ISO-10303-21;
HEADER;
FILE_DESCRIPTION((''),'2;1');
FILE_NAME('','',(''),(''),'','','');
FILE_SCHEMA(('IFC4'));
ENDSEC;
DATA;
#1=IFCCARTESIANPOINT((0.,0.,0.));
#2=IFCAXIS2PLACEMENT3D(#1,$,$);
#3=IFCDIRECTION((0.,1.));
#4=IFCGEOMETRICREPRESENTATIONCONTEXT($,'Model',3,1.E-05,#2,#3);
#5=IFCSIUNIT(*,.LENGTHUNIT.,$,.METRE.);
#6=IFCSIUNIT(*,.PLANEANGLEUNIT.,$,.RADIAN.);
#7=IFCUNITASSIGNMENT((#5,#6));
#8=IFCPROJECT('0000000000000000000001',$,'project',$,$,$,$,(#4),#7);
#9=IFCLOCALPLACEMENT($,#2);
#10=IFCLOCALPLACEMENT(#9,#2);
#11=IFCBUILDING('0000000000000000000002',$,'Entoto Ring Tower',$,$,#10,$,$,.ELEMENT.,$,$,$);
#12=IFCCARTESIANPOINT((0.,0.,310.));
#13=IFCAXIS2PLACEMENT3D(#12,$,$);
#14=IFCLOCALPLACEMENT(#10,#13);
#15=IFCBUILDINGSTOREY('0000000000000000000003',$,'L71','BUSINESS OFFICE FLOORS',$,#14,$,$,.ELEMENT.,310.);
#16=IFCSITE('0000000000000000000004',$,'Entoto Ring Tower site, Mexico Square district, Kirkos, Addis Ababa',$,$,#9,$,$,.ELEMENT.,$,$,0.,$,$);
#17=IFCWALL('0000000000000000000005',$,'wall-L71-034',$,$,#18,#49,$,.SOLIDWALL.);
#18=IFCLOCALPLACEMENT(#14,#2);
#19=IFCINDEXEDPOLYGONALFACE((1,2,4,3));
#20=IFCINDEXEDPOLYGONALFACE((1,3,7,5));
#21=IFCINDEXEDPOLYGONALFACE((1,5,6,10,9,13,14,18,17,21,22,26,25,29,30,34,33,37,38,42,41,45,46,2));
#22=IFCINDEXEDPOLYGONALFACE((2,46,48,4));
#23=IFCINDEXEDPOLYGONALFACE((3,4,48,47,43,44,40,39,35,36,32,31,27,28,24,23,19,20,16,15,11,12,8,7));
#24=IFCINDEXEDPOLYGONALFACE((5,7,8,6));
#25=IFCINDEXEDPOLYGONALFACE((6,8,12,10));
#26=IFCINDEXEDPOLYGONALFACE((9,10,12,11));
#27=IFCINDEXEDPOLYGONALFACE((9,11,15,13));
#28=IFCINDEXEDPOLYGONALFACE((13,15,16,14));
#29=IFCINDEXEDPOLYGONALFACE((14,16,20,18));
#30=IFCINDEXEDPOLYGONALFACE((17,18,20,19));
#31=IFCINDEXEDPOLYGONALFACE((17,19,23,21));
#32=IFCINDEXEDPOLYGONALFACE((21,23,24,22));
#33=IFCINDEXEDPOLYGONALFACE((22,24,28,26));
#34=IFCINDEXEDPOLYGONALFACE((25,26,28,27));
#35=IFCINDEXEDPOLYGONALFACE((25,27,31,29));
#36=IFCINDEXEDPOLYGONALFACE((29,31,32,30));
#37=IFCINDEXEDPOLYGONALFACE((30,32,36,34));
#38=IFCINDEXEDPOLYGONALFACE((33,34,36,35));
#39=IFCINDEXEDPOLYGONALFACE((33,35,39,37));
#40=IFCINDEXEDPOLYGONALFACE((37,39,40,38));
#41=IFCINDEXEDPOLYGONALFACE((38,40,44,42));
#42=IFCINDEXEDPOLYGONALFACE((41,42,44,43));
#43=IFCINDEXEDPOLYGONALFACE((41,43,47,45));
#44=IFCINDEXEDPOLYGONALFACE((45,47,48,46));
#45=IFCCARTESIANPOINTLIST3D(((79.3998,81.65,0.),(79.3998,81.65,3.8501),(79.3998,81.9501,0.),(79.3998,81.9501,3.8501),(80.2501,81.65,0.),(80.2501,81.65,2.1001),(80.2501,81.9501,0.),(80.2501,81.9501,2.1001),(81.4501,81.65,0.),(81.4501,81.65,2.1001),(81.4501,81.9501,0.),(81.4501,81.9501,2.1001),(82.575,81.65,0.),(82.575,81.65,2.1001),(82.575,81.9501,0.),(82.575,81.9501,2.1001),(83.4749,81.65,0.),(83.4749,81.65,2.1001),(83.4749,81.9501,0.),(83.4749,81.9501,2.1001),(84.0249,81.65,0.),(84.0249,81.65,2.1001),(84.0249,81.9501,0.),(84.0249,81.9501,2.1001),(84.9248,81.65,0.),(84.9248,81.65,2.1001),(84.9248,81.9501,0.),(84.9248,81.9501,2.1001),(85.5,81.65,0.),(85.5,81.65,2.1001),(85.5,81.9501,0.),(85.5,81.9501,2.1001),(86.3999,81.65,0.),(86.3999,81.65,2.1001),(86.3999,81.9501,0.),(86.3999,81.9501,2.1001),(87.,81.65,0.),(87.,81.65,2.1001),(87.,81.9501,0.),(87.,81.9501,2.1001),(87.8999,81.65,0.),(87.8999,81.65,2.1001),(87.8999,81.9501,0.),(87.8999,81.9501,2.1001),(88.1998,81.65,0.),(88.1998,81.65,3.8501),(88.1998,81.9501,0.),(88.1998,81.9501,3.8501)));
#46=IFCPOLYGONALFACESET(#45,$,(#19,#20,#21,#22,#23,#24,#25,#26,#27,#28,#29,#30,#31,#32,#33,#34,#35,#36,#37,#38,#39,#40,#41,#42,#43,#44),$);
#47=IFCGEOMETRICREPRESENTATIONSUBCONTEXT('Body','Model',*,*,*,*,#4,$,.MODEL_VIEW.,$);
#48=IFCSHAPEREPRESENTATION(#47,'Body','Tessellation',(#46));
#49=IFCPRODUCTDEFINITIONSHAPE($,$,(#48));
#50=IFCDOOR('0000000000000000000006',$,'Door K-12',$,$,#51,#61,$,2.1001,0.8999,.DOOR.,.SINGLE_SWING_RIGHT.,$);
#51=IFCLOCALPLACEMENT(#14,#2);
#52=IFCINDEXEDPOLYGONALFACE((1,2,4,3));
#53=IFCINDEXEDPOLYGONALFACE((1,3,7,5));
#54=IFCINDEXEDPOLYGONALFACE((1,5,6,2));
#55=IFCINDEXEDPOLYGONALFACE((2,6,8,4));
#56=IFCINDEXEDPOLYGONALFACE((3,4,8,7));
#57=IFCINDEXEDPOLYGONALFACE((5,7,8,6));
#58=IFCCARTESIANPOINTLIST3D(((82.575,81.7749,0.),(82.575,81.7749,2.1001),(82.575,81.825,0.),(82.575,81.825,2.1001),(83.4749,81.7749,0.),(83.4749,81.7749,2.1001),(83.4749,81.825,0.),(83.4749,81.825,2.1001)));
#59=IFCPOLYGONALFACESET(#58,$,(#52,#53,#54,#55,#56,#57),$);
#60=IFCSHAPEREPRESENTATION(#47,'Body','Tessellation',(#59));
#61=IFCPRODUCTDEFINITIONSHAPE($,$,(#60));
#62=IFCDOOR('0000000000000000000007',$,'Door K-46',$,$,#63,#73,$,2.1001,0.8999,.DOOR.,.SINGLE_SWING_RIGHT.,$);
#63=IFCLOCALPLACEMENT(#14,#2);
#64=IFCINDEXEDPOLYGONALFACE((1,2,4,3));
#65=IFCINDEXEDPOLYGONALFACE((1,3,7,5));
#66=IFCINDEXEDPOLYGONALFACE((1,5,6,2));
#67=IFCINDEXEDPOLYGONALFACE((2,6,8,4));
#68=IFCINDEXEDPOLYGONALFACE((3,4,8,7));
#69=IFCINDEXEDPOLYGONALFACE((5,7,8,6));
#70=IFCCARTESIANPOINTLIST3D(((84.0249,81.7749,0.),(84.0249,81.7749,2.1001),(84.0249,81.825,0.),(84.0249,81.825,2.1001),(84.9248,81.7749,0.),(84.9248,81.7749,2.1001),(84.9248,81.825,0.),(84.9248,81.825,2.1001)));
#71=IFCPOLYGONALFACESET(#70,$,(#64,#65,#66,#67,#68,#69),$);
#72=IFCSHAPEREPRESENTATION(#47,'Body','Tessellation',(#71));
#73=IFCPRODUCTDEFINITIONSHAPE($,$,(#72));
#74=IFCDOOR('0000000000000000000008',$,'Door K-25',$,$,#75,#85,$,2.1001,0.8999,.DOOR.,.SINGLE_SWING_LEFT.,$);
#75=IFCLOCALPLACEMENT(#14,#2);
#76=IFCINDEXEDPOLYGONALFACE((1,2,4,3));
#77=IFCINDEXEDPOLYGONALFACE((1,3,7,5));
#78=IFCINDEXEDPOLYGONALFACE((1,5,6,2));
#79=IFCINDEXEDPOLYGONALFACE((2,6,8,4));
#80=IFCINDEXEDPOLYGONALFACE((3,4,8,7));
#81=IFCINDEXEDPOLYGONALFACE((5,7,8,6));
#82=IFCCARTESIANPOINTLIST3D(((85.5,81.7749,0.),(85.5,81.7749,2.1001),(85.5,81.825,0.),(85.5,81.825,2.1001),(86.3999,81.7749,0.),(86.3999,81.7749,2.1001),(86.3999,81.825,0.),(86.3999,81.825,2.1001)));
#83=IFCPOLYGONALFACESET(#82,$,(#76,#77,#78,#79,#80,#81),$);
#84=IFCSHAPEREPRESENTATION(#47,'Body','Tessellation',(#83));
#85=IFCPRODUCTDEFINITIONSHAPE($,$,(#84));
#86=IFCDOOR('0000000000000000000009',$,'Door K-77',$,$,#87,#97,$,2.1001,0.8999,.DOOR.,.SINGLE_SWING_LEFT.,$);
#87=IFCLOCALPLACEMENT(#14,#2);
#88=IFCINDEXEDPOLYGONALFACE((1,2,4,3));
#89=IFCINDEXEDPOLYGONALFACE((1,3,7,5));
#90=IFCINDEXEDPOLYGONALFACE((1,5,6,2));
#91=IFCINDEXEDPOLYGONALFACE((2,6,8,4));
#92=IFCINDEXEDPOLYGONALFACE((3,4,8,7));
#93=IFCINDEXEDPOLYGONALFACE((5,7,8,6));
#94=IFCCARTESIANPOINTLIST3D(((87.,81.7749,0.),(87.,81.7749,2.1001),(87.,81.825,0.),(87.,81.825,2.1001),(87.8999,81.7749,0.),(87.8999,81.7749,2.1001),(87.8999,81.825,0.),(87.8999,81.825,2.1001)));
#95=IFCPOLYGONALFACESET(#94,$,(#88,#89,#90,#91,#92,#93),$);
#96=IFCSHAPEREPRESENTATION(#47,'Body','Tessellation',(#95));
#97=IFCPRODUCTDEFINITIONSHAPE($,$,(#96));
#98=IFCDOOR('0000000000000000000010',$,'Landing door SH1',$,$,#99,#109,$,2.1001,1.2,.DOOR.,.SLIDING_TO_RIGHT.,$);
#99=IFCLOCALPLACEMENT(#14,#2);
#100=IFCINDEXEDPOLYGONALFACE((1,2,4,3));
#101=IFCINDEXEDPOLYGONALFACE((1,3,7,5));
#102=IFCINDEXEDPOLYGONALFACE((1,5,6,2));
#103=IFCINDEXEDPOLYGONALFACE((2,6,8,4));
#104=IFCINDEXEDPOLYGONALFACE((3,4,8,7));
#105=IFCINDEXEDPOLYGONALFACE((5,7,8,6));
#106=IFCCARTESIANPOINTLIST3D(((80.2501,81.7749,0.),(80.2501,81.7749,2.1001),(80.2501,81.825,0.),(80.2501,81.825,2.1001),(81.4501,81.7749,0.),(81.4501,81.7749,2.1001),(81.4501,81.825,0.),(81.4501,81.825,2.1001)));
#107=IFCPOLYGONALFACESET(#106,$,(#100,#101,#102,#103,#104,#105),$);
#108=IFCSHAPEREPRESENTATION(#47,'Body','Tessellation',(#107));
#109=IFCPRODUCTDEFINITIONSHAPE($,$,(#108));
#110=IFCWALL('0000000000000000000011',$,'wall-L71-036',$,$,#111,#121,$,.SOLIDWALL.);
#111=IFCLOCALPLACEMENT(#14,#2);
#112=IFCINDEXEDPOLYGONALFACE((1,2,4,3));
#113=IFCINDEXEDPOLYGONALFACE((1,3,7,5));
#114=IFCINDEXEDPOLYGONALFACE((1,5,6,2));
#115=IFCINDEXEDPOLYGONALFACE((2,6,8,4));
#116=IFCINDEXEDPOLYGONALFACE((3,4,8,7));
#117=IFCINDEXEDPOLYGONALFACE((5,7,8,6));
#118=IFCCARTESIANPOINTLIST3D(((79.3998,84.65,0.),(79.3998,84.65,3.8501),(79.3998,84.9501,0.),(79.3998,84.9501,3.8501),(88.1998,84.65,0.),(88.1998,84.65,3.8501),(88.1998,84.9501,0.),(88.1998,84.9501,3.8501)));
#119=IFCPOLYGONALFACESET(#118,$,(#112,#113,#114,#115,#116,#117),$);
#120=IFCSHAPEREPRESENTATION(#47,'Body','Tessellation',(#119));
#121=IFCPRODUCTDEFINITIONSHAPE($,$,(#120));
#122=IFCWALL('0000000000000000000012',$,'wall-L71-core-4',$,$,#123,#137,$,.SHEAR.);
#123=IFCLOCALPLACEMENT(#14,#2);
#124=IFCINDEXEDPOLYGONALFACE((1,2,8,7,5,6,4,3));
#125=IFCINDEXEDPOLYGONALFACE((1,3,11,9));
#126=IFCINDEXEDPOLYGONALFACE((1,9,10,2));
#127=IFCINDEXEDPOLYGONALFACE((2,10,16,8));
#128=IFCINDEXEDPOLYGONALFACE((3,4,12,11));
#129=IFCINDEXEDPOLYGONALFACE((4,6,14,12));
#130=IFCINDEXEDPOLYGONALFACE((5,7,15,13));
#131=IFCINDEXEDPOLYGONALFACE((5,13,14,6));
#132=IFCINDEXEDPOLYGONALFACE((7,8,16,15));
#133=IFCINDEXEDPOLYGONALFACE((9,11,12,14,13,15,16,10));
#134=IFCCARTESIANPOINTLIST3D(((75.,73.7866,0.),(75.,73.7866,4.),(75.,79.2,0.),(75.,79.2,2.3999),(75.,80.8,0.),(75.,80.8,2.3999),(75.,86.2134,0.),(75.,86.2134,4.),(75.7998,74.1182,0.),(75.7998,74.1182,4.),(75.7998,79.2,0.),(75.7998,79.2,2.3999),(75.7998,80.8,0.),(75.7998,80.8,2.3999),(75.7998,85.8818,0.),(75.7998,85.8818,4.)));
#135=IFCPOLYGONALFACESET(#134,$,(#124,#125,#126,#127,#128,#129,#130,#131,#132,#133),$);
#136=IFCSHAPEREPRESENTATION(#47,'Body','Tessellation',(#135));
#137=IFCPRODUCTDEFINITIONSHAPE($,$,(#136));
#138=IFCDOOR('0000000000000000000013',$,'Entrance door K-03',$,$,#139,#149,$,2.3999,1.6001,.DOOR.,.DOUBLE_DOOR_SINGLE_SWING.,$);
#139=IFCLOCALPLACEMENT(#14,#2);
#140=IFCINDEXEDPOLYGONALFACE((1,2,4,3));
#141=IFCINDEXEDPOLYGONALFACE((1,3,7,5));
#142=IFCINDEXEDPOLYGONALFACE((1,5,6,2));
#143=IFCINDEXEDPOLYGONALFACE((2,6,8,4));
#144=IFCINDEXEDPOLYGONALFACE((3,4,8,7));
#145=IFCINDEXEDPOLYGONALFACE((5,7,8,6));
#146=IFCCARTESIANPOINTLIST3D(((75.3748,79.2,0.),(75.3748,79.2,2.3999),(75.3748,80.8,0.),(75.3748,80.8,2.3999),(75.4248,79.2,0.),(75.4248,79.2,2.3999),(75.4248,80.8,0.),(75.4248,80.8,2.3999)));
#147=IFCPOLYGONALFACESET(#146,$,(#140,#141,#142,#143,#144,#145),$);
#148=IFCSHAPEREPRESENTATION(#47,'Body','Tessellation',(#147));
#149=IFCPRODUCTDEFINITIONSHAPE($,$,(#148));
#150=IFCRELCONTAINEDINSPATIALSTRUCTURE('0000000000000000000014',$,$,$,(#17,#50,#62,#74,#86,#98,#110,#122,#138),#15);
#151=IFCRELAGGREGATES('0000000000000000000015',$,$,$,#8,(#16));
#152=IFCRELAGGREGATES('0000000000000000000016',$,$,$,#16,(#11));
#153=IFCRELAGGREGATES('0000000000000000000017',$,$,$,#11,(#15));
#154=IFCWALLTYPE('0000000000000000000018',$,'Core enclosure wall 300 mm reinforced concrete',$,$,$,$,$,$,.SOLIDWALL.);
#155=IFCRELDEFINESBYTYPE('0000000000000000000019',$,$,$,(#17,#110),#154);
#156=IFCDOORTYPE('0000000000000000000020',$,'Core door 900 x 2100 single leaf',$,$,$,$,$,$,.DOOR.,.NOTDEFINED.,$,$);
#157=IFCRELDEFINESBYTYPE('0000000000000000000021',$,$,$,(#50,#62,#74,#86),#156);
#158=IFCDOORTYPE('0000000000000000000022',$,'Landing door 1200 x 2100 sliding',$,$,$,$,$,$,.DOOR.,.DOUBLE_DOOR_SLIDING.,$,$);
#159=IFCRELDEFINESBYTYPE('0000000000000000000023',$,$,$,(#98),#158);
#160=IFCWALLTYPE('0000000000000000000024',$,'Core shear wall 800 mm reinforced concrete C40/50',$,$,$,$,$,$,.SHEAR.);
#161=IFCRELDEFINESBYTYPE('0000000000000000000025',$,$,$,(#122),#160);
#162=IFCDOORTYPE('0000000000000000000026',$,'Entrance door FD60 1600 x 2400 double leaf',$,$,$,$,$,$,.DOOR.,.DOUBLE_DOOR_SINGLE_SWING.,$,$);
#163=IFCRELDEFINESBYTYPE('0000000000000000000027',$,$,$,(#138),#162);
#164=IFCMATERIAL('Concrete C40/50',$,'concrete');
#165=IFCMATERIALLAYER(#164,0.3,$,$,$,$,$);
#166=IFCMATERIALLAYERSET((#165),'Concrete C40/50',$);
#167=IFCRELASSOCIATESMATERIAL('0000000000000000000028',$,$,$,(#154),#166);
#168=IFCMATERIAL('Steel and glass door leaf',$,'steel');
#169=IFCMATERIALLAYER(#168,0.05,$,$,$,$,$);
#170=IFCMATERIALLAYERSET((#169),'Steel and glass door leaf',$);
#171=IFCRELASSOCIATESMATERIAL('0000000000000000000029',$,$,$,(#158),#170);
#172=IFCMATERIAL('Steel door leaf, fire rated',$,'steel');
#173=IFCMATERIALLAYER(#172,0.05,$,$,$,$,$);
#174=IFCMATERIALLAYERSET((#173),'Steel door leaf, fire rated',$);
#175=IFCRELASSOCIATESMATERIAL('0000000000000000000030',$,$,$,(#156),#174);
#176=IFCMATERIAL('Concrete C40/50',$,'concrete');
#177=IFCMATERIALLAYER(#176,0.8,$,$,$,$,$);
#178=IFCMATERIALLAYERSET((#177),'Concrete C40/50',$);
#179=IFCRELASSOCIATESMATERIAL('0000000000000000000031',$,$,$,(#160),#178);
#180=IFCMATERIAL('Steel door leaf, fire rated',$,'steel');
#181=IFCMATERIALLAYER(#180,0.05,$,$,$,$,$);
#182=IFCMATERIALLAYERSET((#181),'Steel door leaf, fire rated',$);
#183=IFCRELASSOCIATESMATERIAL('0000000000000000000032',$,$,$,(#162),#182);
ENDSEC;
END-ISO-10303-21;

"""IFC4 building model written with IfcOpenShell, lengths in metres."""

from ifc_helpers import new_model, si_unit, direction, frame, frame_2d, origin, place, context, subcontext, project, spatial, polyline, rectangle, outline, extrude, material, layer, layer_set, type_object, element, fill, save


model = new_model("IFC4")

# Units and contexts
model_context = context("Model", 3, precision=1e-05, world=origin(), true_north=direction((0.0, 1.0)))
body_context = subcontext(model_context, "Body", "Model", "MODEL_VIEW")
ifc_project = project(units=[si_unit("LENGTHUNIT", "METRE"), si_unit("PLANEANGLEUNIT", "RADIAN")], contexts=[model_context])

# Site, building, storey
site_placement = place(None, origin())
site = spatial("IfcSite", under=ifc_project, at=site_placement, Name="Entoto Ring Tower site, Mexico Square district, Kirkos, Addis Ababa", CompositionType="ELEMENT", RefElevation=0.0)
building_placement = place(site_placement, origin())
building = spatial("IfcBuilding", under=site, at=building_placement, Name="Entoto Ring Tower", CompositionType="ELEMENT")
storey_placement = place(building_placement, frame((0.0, 0.0, 310.0)))
storey = spatial("IfcBuildingStorey", under=building, at=storey_placement, Name="L71", Description="BUSINESS OFFICE FLOORS", CompositionType="ELEMENT", Elevation=310.0)

# Shared definitions
ifc_material_1 = material(Name="Concrete C40/50", Category="concrete")
ifc_layer_1 = layer(ifc_material_1, 0.3)
ifc_layer_set_1 = layer_set([ifc_layer_1], Name="Concrete C40/50")
wall_type_1 = type_object("IfcWallType", Name="Core enclosure wall 300 mm reinforced concrete", PredefinedType="SOLIDWALL", material=ifc_layer_set_1)
ifc_material_2 = material(Name="Steel and glass door leaf", Category="steel")
ifc_layer_2 = layer(ifc_material_2, 0.05)
ifc_layer_set_2 = layer_set([ifc_layer_2], Name="Steel and glass door leaf")
door_type_1 = type_object("IfcDoorType", Name="Landing door 1200 x 2100 sliding", OperationType="DOUBLE_DOOR_SLIDING", PredefinedType="DOOR", material=ifc_layer_set_2)

# Wall, openings, doors
ifc_material_3 = material(Name="Steel door leaf, fire rated", Category="steel")
ifc_layer_3 = layer(ifc_material_3, 0.05)
ifc_layer_set_3 = layer_set([ifc_layer_3], Name="Steel door leaf, fire rated")
door_type_2 = type_object("IfcDoorType", Name="Core door 900 x 2100 single leaf", OperationType="NOTDEFINED", PredefinedType="DOOR", material=ifc_layer_set_3)
wall_1_placement = place(storey_placement, frame((79.3999, 81.8, 0.0), z_axis=(0.0, 0.0, 1.0), x_axis=(1.0, 0.0, 0.0)))
wall_1 = element("IfcWall", 1, at=wall_1_placement, inside=storey, type_object=wall_type_1, Name="wall-L71-034", PredefinedType="SOLIDWALL", context=body_context, shape_type="SweptSolid", body=[
    extrude(rectangle(XDim=8.8, YDim=0.3, at=frame_2d((4.3999, 0.0))), origin(), (0.0, 0.0, 1.0), 3.8501),
])
opening_1_placement = place(wall_1_placement, frame((0.8501, 0.0, 0.0)))
opening_1 = element("IfcOpeningElement", 2, at=opening_1_placement, cuts=wall_1, PredefinedType="OPENING", context=body_context, shape_type="SweptSolid", body=[
    extrude(rectangle(XDim=1.2, YDim=2.1001, at=frame_2d((0.6001, 1.05))), frame((0.0, 0.1602, 0.0), z_axis=(0.0, -1.0, 0.0), x_axis=(1.0, 0.0, 0.0)), (0.0, 0.0, 1.0), 0.3201),
])
opening_2_placement = place(wall_1_placement, frame((3.175, 0.0, 0.0)))
opening_2 = element("IfcOpeningElement", 3, at=opening_2_placement, cuts=wall_1, PredefinedType="OPENING", context=body_context, shape_type="SweptSolid", body=[
    extrude(rectangle(XDim=0.8999, YDim=2.1001, at=frame_2d((0.45, 1.05))), frame((0.0, 0.1602, 0.0), z_axis=(0.0, -1.0, 0.0), x_axis=(1.0, 0.0, 0.0)), (0.0, 0.0, 1.0), 0.3201),
])
opening_3_placement = place(wall_1_placement, frame((4.625, 0.0, 0.0)))
opening_3 = element("IfcOpeningElement", 4, at=opening_3_placement, cuts=wall_1, PredefinedType="OPENING", context=body_context, shape_type="SweptSolid", body=[
    extrude(rectangle(XDim=0.8999, YDim=2.1001, at=frame_2d((0.45, 1.05))), frame((0.0, 0.1602, 0.0), z_axis=(0.0, -1.0, 0.0), x_axis=(1.0, 0.0, 0.0)), (0.0, 0.0, 1.0), 0.3201),
])
opening_4_placement = place(wall_1_placement, frame((6.1001, 0.0, 0.0)))
opening_4 = element("IfcOpeningElement", 5, at=opening_4_placement, cuts=wall_1, PredefinedType="OPENING", context=body_context, shape_type="SweptSolid", body=[
    extrude(rectangle(XDim=0.8999, YDim=2.1001, at=frame_2d((0.45, 1.05))), frame((0.0, 0.1602, 0.0), z_axis=(0.0, -1.0, 0.0), x_axis=(1.0, 0.0, 0.0)), (0.0, 0.0, 1.0), 0.3201),
])
opening_5_placement = place(wall_1_placement, frame((7.6001, 0.0, 0.0)))
opening_5 = element("IfcOpeningElement", 6, at=opening_5_placement, cuts=wall_1, PredefinedType="OPENING", context=body_context, shape_type="SweptSolid", body=[
    extrude(rectangle(XDim=0.8999, YDim=2.1001, at=frame_2d((0.45, 1.05))), frame((0.0, 0.1602, 0.0), z_axis=(0.0, -1.0, 0.0), x_axis=(1.0, 0.0, 0.0)), (0.0, 0.0, 1.0), 0.3201),
])
door_1_placement = place(opening_2_placement, origin())
door_1 = element("IfcDoor", 7, at=door_1_placement, inside=storey, type_object=door_type_2, Name="Door K-12", OperationType="SINGLE_SWING_RIGHT", OverallHeight=2.1001, OverallWidth=0.8999, PredefinedType="DOOR", context=body_context, shape_type="SweptSolid", body=[
    extrude(rectangle(XDim=0.8999, YDim=2.1001, at=frame_2d((0.45, 1.05))), frame((0.0, 0.0249, 0.0), z_axis=(0.0, -1.0, 0.0), x_axis=(1.0, 0.0, 0.0)), (0.0, 0.0, 1.0), 0.05),
])
fill(opening_2, door_1)
door_2_placement = place(opening_3_placement, origin())
door_2 = element("IfcDoor", 8, at=door_2_placement, inside=storey, type_object=door_type_2, Name="Door K-46", OperationType="SINGLE_SWING_RIGHT", OverallHeight=2.1001, OverallWidth=0.8999, PredefinedType="DOOR", context=body_context, shape_type="SweptSolid", body=[
    extrude(rectangle(XDim=0.8999, YDim=2.1001, at=frame_2d((0.45, 1.05))), frame((0.0, 0.0249, 0.0), z_axis=(0.0, -1.0, 0.0), x_axis=(1.0, 0.0, 0.0)), (0.0, 0.0, 1.0), 0.05),
])
fill(opening_3, door_2)
door_3_placement = place(opening_4_placement, origin())
door_3 = element("IfcDoor", 9, at=door_3_placement, inside=storey, type_object=door_type_2, Name="Door K-25", OperationType="SINGLE_SWING_LEFT", OverallHeight=2.1001, OverallWidth=0.8999, PredefinedType="DOOR", context=body_context, shape_type="SweptSolid", body=[
    extrude(rectangle(XDim=0.8999, YDim=2.1001, at=frame_2d((0.45, 1.05))), frame((0.0, 0.0249, 0.0), z_axis=(0.0, -1.0, 0.0), x_axis=(1.0, 0.0, 0.0)), (0.0, 0.0, 1.0), 0.05),
])
fill(opening_4, door_3)
door_4_placement = place(opening_5_placement, origin())
door_4 = element("IfcDoor", 10, at=door_4_placement, inside=storey, type_object=door_type_2, Name="Door K-77", OperationType="SINGLE_SWING_LEFT", OverallHeight=2.1001, OverallWidth=0.8999, PredefinedType="DOOR", context=body_context, shape_type="SweptSolid", body=[
    extrude(rectangle(XDim=0.8999, YDim=2.1001, at=frame_2d((0.45, 1.05))), frame((0.0, 0.0249, 0.0), z_axis=(0.0, -1.0, 0.0), x_axis=(1.0, 0.0, 0.0)), (0.0, 0.0, 1.0), 0.05),
])
fill(opening_5, door_4)
door_5_placement = place(opening_1_placement, origin())
door_5 = element("IfcDoor", 11, at=door_5_placement, inside=storey, type_object=door_type_1, Name="Landing door SH1", OperationType="SLIDING_TO_RIGHT", OverallHeight=2.1001, OverallWidth=1.2, PredefinedType="DOOR", context=body_context, shape_type="SweptSolid", body=[
    extrude(rectangle(XDim=1.2, YDim=2.1001, at=frame_2d((0.6001, 1.05))), frame((0.0, 0.0249, 0.0), z_axis=(0.0, -1.0, 0.0), x_axis=(1.0, 0.0, 0.0)), (0.0, 0.0, 1.0), 0.05),
])
fill(opening_1, door_5)

# Wall
wall_2_placement = place(storey_placement, frame((79.3999, 84.8, 0.0), z_axis=(0.0, 0.0, 1.0), x_axis=(1.0, 0.0, 0.0)))
element("IfcWall", 12, at=wall_2_placement, inside=storey, type_object=wall_type_1, Name="wall-L71-036", PredefinedType="SOLIDWALL", context=body_context, shape_type="SweptSolid", body=[
    extrude(rectangle(XDim=8.8, YDim=0.3, at=frame_2d((4.3999, 0.0))), origin(), (0.0, 0.0, 1.0), 3.8501),
])

# Wall, opening, door
ifc_material_4 = material(Name="Concrete C40/50", Category="concrete")
ifc_layer_4 = layer(ifc_material_4, 0.8)
ifc_layer_set_4 = layer_set([ifc_layer_4], Name="Concrete C40/50")
wall_type_2 = type_object("IfcWallType", Name="Core shear wall 800 mm reinforced concrete C40/50", PredefinedType="SHEAR", material=ifc_layer_set_4)
wall_3_placement = place(storey_placement, frame((75.3999, 86.0476, 0.0), z_axis=(0.0, 0.0, 1.0), x_axis=(0.0, -1.0, 0.0)))
wall_3 = element("IfcWall", 13, at=wall_3_placement, inside=storey, type_object=wall_type_2, Name="wall-L71-core-4", PredefinedType="SHEAR", context=body_context, shape_type="SweptSolid", body=[
    extrude(outline(polyline([(-0.1658, -0.3999), (12.261, -0.3999), (11.9294, 0.3999), (0.1658, 0.3999), (-0.1658, -0.3999)])), origin(), (0.0, 0.0, 1.0), 4.0),
])
opening_6_placement = place(wall_3_placement, frame((5.2476, 0.0, 0.0)))
opening_6 = element("IfcOpeningElement", 14, at=opening_6_placement, cuts=wall_3, PredefinedType="OPENING", context=body_context, shape_type="SweptSolid", body=[
    extrude(rectangle(XDim=1.6001, YDim=2.3999, at=frame_2d((0.8, 1.2))), frame((0.0, 0.4102, 0.0), z_axis=(0.0, -1.0, 0.0), x_axis=(1.0, 0.0, 0.0)), (0.0, 0.0, 1.0), 0.8201),
])
ifc_material_5 = material(Name="Steel door leaf, fire rated", Category="steel")
ifc_layer_5 = layer(ifc_material_5, 0.05)
ifc_layer_set_5 = layer_set([ifc_layer_5], Name="Steel door leaf, fire rated")
door_type_3 = type_object("IfcDoorType", Name="Entrance door FD60 1600 x 2400 double leaf", OperationType="DOUBLE_DOOR_SINGLE_SWING", PredefinedType="DOOR", material=ifc_layer_set_5)
door_6_placement = place(opening_6_placement, origin())
door_6 = element("IfcDoor", 15, at=door_6_placement, inside=storey, type_object=door_type_3, Name="Entrance door K-03", OperationType="DOUBLE_DOOR_SINGLE_SWING", OverallHeight=2.3999, OverallWidth=1.6001, PredefinedType="DOOR", context=body_context, shape_type="SweptSolid", body=[
    extrude(rectangle(XDim=1.6001, YDim=2.3999, at=frame_2d((0.8, 1.2))), frame((0.0, 0.0249, 0.0), z_axis=(0.0, -1.0, 0.0), x_axis=(1.0, 0.0, 0.0)), (0.0, 0.0, 1.0), 0.05),
])
fill(opening_6, door_6)

save(model, "model.ifc")
